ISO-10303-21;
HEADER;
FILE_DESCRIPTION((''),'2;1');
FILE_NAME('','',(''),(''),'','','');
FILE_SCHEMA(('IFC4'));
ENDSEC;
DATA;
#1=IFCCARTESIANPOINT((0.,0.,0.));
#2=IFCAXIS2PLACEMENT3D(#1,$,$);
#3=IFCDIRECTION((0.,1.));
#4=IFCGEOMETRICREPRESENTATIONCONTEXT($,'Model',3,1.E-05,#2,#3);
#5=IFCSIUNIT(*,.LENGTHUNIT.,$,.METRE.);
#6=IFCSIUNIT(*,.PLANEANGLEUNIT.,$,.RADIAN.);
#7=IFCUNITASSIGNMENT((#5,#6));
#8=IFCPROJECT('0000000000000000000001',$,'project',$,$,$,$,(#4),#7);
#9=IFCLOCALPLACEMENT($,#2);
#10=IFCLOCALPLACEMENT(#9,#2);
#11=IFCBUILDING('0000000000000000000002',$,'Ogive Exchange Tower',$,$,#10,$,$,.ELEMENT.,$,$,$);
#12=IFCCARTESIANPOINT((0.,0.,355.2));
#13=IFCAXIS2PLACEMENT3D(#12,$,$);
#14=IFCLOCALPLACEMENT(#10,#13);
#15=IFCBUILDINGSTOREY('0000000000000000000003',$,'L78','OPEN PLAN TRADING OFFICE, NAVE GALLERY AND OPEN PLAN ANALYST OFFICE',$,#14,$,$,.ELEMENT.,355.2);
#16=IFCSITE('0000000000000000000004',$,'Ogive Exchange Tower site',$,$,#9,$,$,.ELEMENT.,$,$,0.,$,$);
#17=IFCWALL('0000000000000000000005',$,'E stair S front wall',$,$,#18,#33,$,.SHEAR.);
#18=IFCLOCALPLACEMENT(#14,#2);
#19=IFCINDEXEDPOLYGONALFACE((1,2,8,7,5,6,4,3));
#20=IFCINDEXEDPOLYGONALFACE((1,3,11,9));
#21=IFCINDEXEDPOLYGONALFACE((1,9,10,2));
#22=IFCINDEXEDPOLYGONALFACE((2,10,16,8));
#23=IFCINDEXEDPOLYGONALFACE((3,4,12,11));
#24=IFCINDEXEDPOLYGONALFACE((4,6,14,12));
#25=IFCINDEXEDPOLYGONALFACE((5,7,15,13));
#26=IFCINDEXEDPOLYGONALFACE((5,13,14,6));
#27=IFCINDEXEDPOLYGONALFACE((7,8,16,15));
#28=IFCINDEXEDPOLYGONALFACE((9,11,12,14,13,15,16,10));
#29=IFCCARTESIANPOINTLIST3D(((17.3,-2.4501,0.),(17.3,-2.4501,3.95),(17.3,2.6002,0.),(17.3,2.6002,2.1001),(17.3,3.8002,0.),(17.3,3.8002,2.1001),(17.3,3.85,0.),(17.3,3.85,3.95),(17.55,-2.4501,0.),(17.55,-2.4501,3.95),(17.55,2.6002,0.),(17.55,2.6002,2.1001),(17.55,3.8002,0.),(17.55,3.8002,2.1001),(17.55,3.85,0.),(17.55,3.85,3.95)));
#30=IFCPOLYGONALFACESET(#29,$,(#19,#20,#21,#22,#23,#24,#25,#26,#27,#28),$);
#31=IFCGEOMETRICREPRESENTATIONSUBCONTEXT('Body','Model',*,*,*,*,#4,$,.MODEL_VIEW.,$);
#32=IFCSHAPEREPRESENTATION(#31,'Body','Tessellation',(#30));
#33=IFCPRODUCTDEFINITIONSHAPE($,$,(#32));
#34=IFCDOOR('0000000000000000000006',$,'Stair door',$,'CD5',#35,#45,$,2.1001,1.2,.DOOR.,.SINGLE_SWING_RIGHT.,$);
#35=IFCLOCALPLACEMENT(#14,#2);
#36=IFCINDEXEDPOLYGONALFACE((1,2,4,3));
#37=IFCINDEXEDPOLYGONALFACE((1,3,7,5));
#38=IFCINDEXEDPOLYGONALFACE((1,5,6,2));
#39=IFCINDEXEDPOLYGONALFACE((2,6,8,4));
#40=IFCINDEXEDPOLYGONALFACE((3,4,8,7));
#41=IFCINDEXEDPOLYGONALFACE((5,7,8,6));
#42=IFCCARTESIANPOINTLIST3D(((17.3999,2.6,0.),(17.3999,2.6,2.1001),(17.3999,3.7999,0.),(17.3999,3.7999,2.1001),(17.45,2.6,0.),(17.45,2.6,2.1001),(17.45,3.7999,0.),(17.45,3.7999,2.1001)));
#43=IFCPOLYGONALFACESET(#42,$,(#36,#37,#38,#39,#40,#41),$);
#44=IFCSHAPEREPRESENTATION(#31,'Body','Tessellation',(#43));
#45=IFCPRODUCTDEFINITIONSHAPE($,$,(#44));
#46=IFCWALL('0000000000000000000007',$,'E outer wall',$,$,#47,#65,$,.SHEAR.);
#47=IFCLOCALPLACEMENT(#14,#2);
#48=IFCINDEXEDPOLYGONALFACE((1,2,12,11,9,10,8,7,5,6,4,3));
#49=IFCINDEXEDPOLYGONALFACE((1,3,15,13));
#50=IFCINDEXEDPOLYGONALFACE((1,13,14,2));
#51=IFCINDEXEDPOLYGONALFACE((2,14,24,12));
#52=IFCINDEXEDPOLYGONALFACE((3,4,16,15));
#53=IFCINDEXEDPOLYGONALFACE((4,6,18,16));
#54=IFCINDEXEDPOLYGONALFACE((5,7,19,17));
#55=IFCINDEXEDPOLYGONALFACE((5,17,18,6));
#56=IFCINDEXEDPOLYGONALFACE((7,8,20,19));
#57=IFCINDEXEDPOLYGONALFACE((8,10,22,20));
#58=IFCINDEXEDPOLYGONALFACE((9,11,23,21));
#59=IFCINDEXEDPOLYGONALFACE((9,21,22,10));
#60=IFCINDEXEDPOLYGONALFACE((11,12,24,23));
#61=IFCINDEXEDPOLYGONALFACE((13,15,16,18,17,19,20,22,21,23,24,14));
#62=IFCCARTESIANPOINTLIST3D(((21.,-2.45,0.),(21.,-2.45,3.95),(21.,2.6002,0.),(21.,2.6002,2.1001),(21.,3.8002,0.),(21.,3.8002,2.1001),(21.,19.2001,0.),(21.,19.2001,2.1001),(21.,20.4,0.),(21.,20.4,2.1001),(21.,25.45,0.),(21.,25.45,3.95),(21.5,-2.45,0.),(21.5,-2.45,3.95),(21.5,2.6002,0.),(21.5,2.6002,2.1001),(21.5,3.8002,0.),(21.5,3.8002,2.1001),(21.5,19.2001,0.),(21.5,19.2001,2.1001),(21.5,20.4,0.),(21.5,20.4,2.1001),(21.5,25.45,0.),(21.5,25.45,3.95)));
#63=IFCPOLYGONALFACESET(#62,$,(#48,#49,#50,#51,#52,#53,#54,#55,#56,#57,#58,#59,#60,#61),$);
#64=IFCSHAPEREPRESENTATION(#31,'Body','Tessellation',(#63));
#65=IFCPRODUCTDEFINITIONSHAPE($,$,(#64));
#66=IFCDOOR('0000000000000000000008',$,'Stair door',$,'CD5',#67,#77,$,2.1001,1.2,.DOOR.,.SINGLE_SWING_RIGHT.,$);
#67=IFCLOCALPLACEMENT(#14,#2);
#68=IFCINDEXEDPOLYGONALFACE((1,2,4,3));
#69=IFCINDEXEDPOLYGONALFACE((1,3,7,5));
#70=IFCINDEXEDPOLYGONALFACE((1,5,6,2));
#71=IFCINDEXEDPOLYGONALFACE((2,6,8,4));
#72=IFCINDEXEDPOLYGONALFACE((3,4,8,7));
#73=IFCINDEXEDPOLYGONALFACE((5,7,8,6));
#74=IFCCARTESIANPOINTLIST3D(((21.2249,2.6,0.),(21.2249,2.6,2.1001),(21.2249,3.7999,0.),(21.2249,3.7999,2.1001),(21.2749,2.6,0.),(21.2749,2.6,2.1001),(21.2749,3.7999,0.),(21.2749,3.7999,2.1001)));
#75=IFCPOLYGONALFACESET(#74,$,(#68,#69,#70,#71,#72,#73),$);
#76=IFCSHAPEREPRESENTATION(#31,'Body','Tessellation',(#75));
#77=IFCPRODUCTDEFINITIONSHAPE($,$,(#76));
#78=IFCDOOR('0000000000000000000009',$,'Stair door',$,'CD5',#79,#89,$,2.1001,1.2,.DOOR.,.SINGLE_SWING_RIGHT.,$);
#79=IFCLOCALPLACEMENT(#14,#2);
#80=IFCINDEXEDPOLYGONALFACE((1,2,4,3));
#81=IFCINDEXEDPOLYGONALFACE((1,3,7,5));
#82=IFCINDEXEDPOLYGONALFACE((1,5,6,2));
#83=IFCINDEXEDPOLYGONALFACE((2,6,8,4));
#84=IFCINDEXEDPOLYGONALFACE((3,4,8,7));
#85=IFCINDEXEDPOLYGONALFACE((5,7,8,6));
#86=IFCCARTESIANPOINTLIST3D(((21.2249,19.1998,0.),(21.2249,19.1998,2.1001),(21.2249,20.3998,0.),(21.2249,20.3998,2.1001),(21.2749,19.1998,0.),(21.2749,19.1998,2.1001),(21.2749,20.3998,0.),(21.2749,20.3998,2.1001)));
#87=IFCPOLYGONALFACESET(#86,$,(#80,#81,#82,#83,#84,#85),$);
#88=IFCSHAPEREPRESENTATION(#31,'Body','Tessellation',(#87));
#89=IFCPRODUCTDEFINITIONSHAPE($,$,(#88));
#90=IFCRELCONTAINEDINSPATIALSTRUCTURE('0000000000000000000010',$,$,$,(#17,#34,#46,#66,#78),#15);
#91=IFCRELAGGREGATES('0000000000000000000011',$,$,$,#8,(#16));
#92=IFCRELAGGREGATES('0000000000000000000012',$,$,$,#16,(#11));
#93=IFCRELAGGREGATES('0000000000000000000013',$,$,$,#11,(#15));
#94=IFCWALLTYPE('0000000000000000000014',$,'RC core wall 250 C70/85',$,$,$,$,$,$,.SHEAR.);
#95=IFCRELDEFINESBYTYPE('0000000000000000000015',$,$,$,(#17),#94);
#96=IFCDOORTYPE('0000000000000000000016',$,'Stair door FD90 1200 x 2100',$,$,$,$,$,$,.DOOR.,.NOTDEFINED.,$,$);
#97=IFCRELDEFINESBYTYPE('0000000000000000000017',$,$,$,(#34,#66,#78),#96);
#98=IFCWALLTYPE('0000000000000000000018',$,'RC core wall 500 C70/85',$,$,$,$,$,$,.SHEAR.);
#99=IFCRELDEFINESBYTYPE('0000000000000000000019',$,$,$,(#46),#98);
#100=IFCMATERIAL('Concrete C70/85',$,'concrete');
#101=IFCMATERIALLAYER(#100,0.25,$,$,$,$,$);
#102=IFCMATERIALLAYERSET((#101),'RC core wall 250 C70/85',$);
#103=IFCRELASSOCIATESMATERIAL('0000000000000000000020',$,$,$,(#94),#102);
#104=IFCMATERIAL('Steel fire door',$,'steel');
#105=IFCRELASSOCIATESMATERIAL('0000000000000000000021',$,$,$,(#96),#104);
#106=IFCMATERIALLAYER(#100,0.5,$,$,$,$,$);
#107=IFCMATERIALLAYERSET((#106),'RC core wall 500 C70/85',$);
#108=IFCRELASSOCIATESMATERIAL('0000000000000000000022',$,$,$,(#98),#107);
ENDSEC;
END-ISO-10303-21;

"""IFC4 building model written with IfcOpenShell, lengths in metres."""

from ifc_helpers import new_model, si_unit, direction, frame, frame_2d, origin, place, context, subcontext, project, spatial, rectangle, extrude, material, layer, layer_set, type_object, element, fill, save


model = new_model("IFC4")

# Units and contexts
model_context = context("Model", 3, precision=1e-05, world=origin(), true_north=direction((0.0, 1.0)))
body_context = subcontext(model_context, "Body", "Model", "MODEL_VIEW")
ifc_project = project(units=[si_unit("LENGTHUNIT", "METRE"), si_unit("PLANEANGLEUNIT", "RADIAN")], contexts=[model_context])

# Site, building, storey
site_placement = place(None, origin())
site = spatial("IfcSite", under=ifc_project, at=site_placement, Name="Ogive Exchange Tower site", CompositionType="ELEMENT", RefElevation=0.0)
building_placement = place(site_placement, origin())
building = spatial("IfcBuilding", under=site, at=building_placement, Name="Ogive Exchange Tower", CompositionType="ELEMENT")
storey_placement = place(building_placement, frame((0.0, 0.0, 355.2)))
storey = spatial("IfcBuildingStorey", under=building, at=storey_placement, Name="L78", Description="OPEN PLAN TRADING OFFICE, NAVE GALLERY AND OPEN PLAN ANALYST OFFICE", CompositionType="ELEMENT", Elevation=355.2)

# Wall, opening, door
ifc_material_1 = material(Name="Concrete C70/85", Category="concrete")
ifc_layer_1 = layer(ifc_material_1, 0.25)
ifc_layer_set_1 = layer_set([ifc_layer_1], Name="RC core wall 250 C70/85")
wall_type_1 = type_object("IfcWallType", Name="RC core wall 250 C70/85", PredefinedType="SHEAR", material=ifc_layer_set_1)
wall_1_placement = place(storey_placement, frame((17.425, -2.45, 0.0), z_axis=(0.0, 0.0, 1.0), x_axis=(0.0, 1.0, 0.0)))
wall_1 = element("IfcWall", 1, at=wall_1_placement, inside=storey, type_object=wall_type_1, Name="E stair S front wall", PredefinedType="SHEAR", context=body_context, shape_type="SweptSolid", body=[
    extrude(rectangle(XDim=6.3, YDim=0.25, at=frame_2d((3.1499, 0.0))), origin(), (0.0, 0.0, 1.0), 3.95),
])
opening_1_placement = place(wall_1_placement, frame((5.05, 0.0, 0.0)))
opening_1 = element("IfcOpeningElement", 2, at=opening_1_placement, cuts=wall_1, PredefinedType="OPENING", context=body_context, shape_type="SweptSolid", body=[
    extrude(rectangle(XDim=1.2, YDim=2.1001, at=frame_2d((0.6001, 1.05))), frame((0.0, 0.135, 0.0), z_axis=(0.0, -1.0, 0.0), x_axis=(1.0, 0.0, 0.0)), (0.0, 0.0, 1.0), 0.27),
])
ifc_material_2 = material(Name="Steel fire door", Category="steel")
door_type_1 = type_object("IfcDoorType", Name="Stair door FD90 1200 x 2100", OperationType="NOTDEFINED", PredefinedType="DOOR", material=ifc_material_2)
door_1_placement = place(opening_1_placement, frame((1.2, 0.0, 0.0), z_axis=(0.0, 0.0, 1.0), x_axis=(-1.0, 0.0, 0.0)))
door_1 = element("IfcDoor", 3, at=door_1_placement, inside=storey, type_object=door_type_1, Name="Stair door", ObjectType="CD5", OperationType="SINGLE_SWING_RIGHT", OverallHeight=2.1001, OverallWidth=1.2, PredefinedType="DOOR", context=body_context, shape_type="SweptSolid", body=[
    extrude(rectangle(XDim=1.2, YDim=2.1001, at=frame_2d((0.6001, 1.05))), frame((0.0, 0.0249, 0.0), z_axis=(0.0, -1.0, 0.0), x_axis=(1.0, 0.0, 0.0)), (0.0, 0.0, 1.0), 0.05),
])
fill(opening_1, door_1)

# Wall, openings, doors
ifc_layer_2 = layer(ifc_material_1, 0.5)
ifc_layer_set_2 = layer_set([ifc_layer_2], Name="RC core wall 500 C70/85")
wall_type_2 = type_object("IfcWallType", Name="RC core wall 500 C70/85", PredefinedType="SHEAR", material=ifc_layer_set_2)
wall_2_placement = place(storey_placement, frame((21.25, -2.45, 0.0), z_axis=(0.0, 0.0, 1.0), x_axis=(0.0, 1.0, 0.0)))
wall_2 = element("IfcWall", 4, at=wall_2_placement, inside=storey, type_object=wall_type_2, Name="E outer wall", PredefinedType="SHEAR", context=body_context, shape_type="SweptSolid", body=[
    extrude(rectangle(XDim=27.8999, YDim=0.5, at=frame_2d((13.95, 0.0))), origin(), (0.0, 0.0, 1.0), 3.95),
])
opening_2_placement = place(wall_2_placement, frame((5.05, 0.0, 0.0)))
opening_2 = element("IfcOpeningElement", 5, at=opening_2_placement, cuts=wall_2, PredefinedType="OPENING", context=body_context, shape_type="SweptSolid", body=[
    extrude(rectangle(XDim=1.2, YDim=2.1001, at=frame_2d((0.6001, 1.05))), frame((0.0, 0.26, 0.0), z_axis=(0.0, -1.0, 0.0), x_axis=(1.0, 0.0, 0.0)), (0.0, 0.0, 1.0), 0.52),
])
opening_3_placement = place(wall_2_placement, frame((21.6499, 0.0, 0.0)))
opening_3 = element("IfcOpeningElement", 6, at=opening_3_placement, cuts=wall_2, PredefinedType="OPENING", context=body_context, shape_type="SweptSolid", body=[
    extrude(rectangle(XDim=1.2, YDim=2.1001, at=frame_2d((0.6001, 1.05))), frame((0.0, 0.26, 0.0), z_axis=(0.0, -1.0, 0.0), x_axis=(1.0, 0.0, 0.0)), (0.0, 0.0, 1.0), 0.52),
])
door_2_placement = place(opening_2_placement, frame((1.2, 0.0, 0.0), z_axis=(0.0, 0.0, 1.0), x_axis=(-1.0, 0.0, 0.0)))
door_2 = element("IfcDoor", 7, at=door_2_placement, inside=storey, type_object=door_type_1, Name="Stair door", ObjectType="CD5", OperationType="SINGLE_SWING_RIGHT", OverallHeight=2.1001, OverallWidth=1.2, PredefinedType="DOOR", context=body_context, shape_type="SweptSolid", body=[
    extrude(rectangle(XDim=1.2, YDim=2.1001, at=frame_2d((0.6001, 1.05))), frame((0.0, 0.0249, 0.0), z_axis=(0.0, -1.0, 0.0), x_axis=(1.0, 0.0, 0.0)), (0.0, 0.0, 1.0), 0.05),
])
fill(opening_2, door_2)
door_3_placement = place(opening_3_placement, frame((1.2, 0.0, 0.0), z_axis=(0.0, 0.0, 1.0), x_axis=(-1.0, 0.0, 0.0)))
door_3 = element("IfcDoor", 8, at=door_3_placement, inside=storey, type_object=door_type_1, Name="Stair door", ObjectType="CD5", OperationType="SINGLE_SWING_RIGHT", OverallHeight=2.1001, OverallWidth=1.2, PredefinedType="DOOR", context=body_context, shape_type="SweptSolid", body=[
    extrude(rectangle(XDim=1.2, YDim=2.1001, at=frame_2d((0.6001, 1.05))), frame((0.0, 0.0249, 0.0), z_axis=(0.0, -1.0, 0.0), x_axis=(1.0, 0.0, 0.0)), (0.0, 0.0, 1.0), 0.05),
])
fill(opening_3, door_3)

save(model, "model.ifc")
